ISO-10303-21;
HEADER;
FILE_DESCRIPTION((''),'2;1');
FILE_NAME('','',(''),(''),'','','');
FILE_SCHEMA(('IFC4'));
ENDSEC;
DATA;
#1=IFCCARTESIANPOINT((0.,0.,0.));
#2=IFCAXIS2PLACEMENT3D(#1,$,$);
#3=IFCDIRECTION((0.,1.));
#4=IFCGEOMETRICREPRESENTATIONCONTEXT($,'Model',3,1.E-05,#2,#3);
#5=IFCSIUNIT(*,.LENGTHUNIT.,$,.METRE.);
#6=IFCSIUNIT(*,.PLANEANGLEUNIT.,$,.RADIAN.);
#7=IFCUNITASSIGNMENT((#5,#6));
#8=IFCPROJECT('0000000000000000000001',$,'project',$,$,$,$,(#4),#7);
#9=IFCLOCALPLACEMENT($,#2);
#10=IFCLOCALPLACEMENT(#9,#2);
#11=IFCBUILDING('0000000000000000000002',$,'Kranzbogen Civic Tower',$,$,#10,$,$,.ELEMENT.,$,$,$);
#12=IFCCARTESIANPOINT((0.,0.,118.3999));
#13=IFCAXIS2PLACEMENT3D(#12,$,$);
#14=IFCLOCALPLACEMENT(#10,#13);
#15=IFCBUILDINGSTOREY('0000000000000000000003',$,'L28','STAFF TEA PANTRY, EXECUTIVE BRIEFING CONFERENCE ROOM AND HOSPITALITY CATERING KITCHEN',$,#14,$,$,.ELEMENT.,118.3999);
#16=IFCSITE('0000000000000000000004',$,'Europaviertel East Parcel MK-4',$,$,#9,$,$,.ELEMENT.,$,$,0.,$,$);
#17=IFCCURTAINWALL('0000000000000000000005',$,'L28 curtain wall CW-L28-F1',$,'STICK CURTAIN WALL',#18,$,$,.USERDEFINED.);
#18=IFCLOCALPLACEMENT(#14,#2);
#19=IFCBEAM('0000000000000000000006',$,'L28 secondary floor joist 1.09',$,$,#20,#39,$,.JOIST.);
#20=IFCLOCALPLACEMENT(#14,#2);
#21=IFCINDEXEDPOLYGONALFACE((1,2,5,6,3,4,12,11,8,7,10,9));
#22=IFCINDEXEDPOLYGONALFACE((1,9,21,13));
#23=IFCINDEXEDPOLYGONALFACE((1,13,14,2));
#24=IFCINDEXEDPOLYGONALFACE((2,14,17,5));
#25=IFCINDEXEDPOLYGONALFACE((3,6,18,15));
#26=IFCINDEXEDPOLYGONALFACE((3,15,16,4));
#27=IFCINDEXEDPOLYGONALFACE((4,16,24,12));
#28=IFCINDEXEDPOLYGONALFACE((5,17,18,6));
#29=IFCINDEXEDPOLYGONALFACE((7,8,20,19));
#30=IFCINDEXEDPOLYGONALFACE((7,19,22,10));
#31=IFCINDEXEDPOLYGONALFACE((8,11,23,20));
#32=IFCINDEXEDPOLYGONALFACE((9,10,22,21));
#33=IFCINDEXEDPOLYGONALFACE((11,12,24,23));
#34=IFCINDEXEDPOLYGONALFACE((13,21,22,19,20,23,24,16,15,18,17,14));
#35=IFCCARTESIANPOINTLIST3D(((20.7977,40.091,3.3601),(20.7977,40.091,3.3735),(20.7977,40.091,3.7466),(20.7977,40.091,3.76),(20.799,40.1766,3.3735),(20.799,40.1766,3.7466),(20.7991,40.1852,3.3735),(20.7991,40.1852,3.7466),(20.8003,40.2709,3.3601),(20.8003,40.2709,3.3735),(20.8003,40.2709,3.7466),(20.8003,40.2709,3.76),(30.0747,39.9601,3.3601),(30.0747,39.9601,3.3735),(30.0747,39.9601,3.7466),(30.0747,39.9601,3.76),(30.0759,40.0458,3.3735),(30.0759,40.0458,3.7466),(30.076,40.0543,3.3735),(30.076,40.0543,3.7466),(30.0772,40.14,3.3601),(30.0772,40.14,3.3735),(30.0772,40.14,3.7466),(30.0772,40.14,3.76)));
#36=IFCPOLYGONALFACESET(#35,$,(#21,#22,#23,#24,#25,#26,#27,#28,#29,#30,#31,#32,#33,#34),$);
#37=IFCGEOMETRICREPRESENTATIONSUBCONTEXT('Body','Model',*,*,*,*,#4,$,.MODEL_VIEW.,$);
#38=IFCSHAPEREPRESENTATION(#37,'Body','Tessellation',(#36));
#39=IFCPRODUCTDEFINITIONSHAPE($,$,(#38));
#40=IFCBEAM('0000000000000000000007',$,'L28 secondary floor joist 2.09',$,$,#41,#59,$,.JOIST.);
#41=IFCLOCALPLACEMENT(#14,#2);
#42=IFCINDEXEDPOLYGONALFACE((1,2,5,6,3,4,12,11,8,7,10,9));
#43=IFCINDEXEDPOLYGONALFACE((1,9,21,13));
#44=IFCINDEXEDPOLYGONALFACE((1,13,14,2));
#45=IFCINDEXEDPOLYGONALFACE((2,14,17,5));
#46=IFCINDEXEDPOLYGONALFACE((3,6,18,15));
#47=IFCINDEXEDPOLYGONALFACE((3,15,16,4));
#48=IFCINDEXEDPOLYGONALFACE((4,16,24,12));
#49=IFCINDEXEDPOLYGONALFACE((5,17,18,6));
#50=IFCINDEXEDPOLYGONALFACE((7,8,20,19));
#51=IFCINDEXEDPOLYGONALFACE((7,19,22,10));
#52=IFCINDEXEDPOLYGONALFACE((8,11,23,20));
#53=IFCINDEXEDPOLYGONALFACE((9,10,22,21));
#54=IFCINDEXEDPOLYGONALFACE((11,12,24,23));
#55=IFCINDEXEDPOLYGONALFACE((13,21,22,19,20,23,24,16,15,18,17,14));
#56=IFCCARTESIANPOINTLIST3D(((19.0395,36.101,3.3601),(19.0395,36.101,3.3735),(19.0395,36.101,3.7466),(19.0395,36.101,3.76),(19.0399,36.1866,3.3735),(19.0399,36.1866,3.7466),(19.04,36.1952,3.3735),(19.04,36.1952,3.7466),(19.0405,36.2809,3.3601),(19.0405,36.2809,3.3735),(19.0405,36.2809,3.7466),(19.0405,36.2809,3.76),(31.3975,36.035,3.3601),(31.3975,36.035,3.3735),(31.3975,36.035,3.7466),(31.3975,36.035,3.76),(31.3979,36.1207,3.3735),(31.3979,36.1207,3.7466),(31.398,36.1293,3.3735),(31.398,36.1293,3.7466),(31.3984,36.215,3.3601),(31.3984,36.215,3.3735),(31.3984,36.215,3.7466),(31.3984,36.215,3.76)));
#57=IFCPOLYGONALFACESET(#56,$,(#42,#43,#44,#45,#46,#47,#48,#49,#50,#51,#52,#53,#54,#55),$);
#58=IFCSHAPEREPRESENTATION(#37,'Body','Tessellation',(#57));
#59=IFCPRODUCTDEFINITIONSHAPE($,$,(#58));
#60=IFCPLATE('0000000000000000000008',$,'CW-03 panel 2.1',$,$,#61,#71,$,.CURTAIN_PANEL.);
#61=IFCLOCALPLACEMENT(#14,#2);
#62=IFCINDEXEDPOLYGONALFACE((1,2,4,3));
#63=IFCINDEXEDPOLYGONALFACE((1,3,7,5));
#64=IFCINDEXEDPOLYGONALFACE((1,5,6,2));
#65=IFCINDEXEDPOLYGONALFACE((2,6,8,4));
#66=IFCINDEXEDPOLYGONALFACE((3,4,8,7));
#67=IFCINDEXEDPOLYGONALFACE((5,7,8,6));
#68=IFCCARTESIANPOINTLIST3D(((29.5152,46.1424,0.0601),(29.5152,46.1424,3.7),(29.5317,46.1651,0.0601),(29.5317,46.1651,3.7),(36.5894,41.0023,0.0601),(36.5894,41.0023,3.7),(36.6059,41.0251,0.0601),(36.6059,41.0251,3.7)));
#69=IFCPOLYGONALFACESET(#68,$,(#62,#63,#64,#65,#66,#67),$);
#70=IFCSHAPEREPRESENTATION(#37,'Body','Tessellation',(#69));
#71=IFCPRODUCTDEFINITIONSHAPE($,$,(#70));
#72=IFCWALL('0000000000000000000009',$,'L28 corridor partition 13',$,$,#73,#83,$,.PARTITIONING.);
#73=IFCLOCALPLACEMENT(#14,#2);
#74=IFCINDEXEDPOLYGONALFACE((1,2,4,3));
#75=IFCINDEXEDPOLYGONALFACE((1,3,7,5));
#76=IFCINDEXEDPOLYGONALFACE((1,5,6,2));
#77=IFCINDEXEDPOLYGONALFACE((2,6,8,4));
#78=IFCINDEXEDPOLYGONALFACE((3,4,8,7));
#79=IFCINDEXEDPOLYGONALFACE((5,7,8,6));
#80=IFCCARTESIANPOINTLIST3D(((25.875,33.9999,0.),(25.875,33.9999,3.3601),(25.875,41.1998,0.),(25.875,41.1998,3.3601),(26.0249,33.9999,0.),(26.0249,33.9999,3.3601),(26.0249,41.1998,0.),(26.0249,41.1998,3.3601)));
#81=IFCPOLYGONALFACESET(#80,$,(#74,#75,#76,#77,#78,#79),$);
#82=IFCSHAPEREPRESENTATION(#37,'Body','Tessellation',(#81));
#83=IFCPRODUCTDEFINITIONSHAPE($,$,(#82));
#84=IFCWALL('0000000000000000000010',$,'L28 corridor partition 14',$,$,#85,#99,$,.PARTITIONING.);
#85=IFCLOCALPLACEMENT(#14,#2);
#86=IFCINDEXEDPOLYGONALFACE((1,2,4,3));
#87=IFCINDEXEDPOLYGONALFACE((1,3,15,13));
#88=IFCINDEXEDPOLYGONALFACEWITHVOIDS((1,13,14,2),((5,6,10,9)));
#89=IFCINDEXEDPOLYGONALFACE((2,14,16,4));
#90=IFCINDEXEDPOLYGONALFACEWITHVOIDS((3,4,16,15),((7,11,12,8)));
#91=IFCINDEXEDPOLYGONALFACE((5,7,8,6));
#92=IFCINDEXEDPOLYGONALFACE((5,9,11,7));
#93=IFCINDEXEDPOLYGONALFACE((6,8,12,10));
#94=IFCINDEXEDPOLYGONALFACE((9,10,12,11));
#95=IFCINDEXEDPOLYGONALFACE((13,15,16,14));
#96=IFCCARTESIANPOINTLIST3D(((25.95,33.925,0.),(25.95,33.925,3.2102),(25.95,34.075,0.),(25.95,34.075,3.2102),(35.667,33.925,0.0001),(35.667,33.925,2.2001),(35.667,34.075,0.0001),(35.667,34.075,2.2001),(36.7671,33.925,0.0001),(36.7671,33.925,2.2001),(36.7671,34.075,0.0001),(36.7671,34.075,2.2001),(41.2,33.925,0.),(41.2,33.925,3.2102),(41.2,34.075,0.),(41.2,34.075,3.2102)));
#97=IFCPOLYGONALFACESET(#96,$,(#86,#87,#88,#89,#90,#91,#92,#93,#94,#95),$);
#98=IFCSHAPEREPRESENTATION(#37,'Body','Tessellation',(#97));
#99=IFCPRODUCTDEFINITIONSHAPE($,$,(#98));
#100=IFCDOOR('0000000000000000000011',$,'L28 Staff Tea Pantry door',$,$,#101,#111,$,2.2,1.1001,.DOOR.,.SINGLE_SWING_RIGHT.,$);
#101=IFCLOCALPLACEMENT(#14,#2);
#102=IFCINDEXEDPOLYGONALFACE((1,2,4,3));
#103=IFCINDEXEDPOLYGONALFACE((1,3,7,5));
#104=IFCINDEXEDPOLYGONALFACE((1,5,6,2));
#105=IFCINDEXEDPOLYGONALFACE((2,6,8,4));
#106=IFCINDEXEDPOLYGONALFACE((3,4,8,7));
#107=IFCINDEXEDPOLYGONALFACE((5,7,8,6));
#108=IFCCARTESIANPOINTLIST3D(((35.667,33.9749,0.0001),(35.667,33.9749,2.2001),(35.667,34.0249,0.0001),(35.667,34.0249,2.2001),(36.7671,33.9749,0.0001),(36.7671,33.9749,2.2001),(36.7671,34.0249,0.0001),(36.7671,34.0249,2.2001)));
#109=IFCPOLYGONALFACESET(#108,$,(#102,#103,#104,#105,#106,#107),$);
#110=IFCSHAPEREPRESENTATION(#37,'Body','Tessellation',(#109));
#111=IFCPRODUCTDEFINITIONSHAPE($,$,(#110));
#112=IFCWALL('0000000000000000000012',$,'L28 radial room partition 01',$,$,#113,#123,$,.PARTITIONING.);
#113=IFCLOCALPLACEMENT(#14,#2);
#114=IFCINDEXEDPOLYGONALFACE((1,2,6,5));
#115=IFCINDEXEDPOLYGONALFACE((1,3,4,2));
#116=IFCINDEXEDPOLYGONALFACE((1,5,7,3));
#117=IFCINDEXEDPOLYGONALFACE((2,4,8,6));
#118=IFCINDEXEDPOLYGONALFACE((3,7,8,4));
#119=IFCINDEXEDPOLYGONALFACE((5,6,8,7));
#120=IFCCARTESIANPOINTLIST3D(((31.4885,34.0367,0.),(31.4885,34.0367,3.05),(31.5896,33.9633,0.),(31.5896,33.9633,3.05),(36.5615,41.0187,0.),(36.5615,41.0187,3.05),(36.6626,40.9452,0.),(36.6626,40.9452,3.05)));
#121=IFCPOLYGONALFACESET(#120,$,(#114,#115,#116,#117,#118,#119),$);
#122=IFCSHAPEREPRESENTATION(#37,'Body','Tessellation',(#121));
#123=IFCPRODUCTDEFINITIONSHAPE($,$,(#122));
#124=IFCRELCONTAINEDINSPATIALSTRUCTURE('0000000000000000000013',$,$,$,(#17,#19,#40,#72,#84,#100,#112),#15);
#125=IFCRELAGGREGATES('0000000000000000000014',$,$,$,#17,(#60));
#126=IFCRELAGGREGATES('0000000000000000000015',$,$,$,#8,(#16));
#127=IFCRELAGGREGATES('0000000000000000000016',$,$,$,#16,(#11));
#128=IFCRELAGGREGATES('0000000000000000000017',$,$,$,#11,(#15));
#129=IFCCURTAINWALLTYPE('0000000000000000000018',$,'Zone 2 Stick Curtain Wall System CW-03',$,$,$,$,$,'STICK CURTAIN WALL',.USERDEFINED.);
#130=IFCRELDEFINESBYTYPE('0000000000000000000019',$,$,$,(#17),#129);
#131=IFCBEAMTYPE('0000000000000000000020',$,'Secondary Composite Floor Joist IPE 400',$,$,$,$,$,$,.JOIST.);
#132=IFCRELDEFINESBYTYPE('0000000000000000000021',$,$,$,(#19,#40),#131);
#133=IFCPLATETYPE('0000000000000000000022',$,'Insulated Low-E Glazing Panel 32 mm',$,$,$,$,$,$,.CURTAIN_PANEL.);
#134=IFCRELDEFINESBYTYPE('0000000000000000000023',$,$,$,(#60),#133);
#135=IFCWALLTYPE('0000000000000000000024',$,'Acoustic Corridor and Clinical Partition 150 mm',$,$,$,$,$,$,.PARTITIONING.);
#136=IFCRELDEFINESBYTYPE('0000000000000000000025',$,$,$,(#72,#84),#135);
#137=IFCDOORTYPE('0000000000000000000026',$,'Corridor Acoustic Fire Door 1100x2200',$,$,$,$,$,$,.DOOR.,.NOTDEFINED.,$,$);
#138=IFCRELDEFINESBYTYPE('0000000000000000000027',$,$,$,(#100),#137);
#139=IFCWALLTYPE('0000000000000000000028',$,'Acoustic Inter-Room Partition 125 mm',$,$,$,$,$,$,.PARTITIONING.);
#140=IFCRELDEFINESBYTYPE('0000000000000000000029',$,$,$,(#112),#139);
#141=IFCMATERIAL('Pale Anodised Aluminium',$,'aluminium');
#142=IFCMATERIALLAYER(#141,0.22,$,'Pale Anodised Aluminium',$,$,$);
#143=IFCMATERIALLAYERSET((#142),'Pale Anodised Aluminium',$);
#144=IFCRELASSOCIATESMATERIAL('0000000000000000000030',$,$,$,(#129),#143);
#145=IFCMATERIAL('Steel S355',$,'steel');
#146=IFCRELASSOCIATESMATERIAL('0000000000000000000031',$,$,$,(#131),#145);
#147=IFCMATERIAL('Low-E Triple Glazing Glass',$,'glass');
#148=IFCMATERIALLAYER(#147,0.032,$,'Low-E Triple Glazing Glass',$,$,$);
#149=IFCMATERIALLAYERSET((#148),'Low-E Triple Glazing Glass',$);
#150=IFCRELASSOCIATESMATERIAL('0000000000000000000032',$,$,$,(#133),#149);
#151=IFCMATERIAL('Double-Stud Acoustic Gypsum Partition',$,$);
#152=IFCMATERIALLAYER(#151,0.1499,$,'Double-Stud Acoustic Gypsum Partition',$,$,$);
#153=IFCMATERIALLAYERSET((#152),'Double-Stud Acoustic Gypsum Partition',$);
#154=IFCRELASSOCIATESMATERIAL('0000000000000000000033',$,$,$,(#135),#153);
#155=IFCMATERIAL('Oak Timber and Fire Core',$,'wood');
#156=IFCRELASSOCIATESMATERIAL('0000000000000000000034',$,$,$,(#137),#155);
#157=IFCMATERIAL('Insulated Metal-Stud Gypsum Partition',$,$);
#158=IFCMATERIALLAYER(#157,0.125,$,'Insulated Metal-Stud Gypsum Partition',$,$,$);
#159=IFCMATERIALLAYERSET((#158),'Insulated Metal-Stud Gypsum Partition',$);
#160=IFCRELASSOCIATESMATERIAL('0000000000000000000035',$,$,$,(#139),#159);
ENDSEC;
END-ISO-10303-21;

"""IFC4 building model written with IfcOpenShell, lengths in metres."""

from ifc_helpers import new_model, si_unit, direction, frame, frame_2d, origin, origin_2d, place, context, subcontext, project, spatial, rectangle, i_section, extrude, material, layer, layer_set, material_profile, profile_set, type_object, element, fill, aggregate, save


model = new_model("IFC4")

# Units and contexts
model_context = context("Model", 3, precision=1e-05, world=origin(), true_north=direction((0.0, 1.0)))
body_context = subcontext(model_context, "Body", "Model", "MODEL_VIEW")
ifc_project = project(units=[si_unit("LENGTHUNIT", "METRE"), si_unit("PLANEANGLEUNIT", "RADIAN")], contexts=[model_context])

# Site, building, storey
site_placement = place(None, origin())
site = spatial("IfcSite", under=ifc_project, at=site_placement, Name="Europaviertel East Parcel MK-4", CompositionType="ELEMENT", RefElevation=0.0)
building_placement = place(site_placement, origin())
building = spatial("IfcBuilding", under=site, at=building_placement, Name="Kranzbogen Civic Tower", CompositionType="ELEMENT")
storey_placement = place(building_placement, frame((0.0, 0.0, 118.3999)))
storey = spatial("IfcBuildingStorey", under=building, at=storey_placement, Name="L28", Description="STAFF TEA PANTRY, EXECUTIVE BRIEFING CONFERENCE ROOM AND HOSPITALITY CATERING KITCHEN", CompositionType="ELEMENT", Elevation=118.3999)

# Shared definitions
ifc_material_1 = material(Name="Steel S355", Category="steel")

# Curtain wall
ifc_material_2 = material(Name="Pale Anodised Aluminium", Category="aluminium")
ifc_layer_1 = layer(ifc_material_2, 0.22, Name="Pale Anodised Aluminium")
ifc_layer_set_1 = layer_set([ifc_layer_1], Name="Pale Anodised Aluminium")
curtain_wall_type = type_object("IfcCurtainWallType", Name="Zone 2 Stick Curtain Wall System CW-03", ElementType="STICK CURTAIN WALL", PredefinedType="USERDEFINED", material=ifc_layer_set_1)
curtain_wall_1_placement = place(storey_placement, origin())
curtain_wall_1 = element("IfcCurtainWall", 1, at=curtain_wall_1_placement, inside=storey, type_object=curtain_wall_type, Name="L28 curtain wall CW-L28-F1", ObjectType="STICK CURTAIN WALL", PredefinedType="USERDEFINED")

# Beams
ifc_material_profile_1 = material_profile(ifc_material_1, i_section(OverallWidth=0.1799, OverallDepth=0.3999, WebThickness=0.0085, FlangeThickness=0.0134, at=origin_2d()), Name="IPE 400")
ifc_profile_set_1 = profile_set([ifc_material_profile_1], Name="Steel S355")
beam_type_1 = type_object("IfcBeamType", Name="Secondary Composite Floor Joist IPE 400", PredefinedType="JOIST", material=ifc_profile_set_1)
beam_1_placement = place(storey_placement, frame((30.0759, 40.05, 3.5601), z_axis=(-0.999901, 0.014105, 0.0), x_axis=(-0.014105, -0.999901, 0.0)))
element("IfcBeam", 2, at=beam_1_placement, inside=storey, type_object=beam_type_1, Name="L28 secondary floor joist 1.09", PredefinedType="JOIST", context=body_context, shape_type="SweptSolid", body=[
    extrude(i_section(OverallWidth=0.1799, OverallDepth=0.3999, WebThickness=0.0085, FlangeThickness=0.0134, at=origin_2d()), origin(), (0.0, 0.0, 1.0), 9.2778),
])
beam_2_placement = place(storey_placement, frame((31.3979, 36.125, 3.5601), z_axis=(-0.999986, 0.005334, 0.0), x_axis=(-0.005334, -0.999986, 0.0)))
element("IfcBeam", 3, at=beam_2_placement, inside=storey, type_object=beam_type_1, Name="L28 secondary floor joist 2.09", PredefinedType="JOIST", context=body_context, shape_type="SweptSolid", body=[
    extrude(i_section(OverallWidth=0.1799, OverallDepth=0.3999, WebThickness=0.0085, FlangeThickness=0.0134, at=origin_2d()), origin(), (0.0, 0.0, 1.0), 12.3582),
])

# Plate
ifc_material_3 = material(Name="Low-E Triple Glazing Glass", Category="glass")
ifc_layer_2 = layer(ifc_material_3, 0.032, Name="Low-E Triple Glazing Glass")
ifc_layer_set_2 = layer_set([ifc_layer_2], Name="Low-E Triple Glazing Glass")
plate_type = type_object("IfcPlateType", Name="Insulated Low-E Glazing Panel 32 mm", PredefinedType="CURTAIN_PANEL", material=ifc_layer_set_2)
plate_placement = place(storey_placement, frame((33.0605, 43.5837, 0.0601), z_axis=(0.0, 0.0, 1.0), x_axis=(-0.808995, 0.587815, 0.0)))
plate = element("IfcPlate", 4, at=plate_placement, type_object=plate_type, Name="CW-03 panel 2.1", PredefinedType="CURTAIN_PANEL", context=body_context, shape_type="SweptSolid", body=[
    extrude(rectangle(XDim=8.7444, YDim=0.0281, at=origin_2d()), origin(), (0.0, 0.0, 1.0), 3.6399),
])
aggregate(curtain_wall_1, [plate])

# Wall
ifc_material_4 = material(Name="Double-Stud Acoustic Gypsum Partition")
ifc_layer_3 = layer(ifc_material_4, 0.1499, Name="Double-Stud Acoustic Gypsum Partition")
ifc_layer_set_3 = layer_set([ifc_layer_3], Name="Double-Stud Acoustic Gypsum Partition")
wall_type_1 = type_object("IfcWallType", Name="Acoustic Corridor and Clinical Partition 150 mm", PredefinedType="PARTITIONING", material=ifc_layer_set_3)
wall_1_placement = place(storey_placement, frame((25.95, 41.2, 0.0), z_axis=(0.0, 0.0, 1.0), x_axis=(0.0, -1.0, 0.0)))
element("IfcWall", 5, at=wall_1_placement, inside=storey, type_object=wall_type_1, Name="L28 corridor partition 13", PredefinedType="PARTITIONING", context=body_context, shape_type="SweptSolid", body=[
    extrude(rectangle(XDim=7.2, YDim=0.1499, at=frame_2d((3.6001, 0.0))), origin(), (0.0, 0.0, 1.0), 3.3601),
])

# Wall, opening, door
wall_2_placement = place(storey_placement, frame((25.95, 34.0, 0.0), z_axis=(0.0, 0.0, 1.0), x_axis=(1.0, 0.0, 0.0)))
wall_2 = element("IfcWall", 6, at=wall_2_placement, inside=storey, type_object=wall_type_1, Name="L28 corridor partition 14", PredefinedType="PARTITIONING", context=body_context, shape_type="SweptSolid", body=[
    extrude(rectangle(XDim=15.25, YDim=0.1499, at=frame_2d((7.625, 0.0))), origin(), (0.0, 0.0, 1.0), 3.2102),
])
opening_1_placement = place(wall_2_placement, frame((9.717, 0.0, 0.0)))
opening_1 = element("IfcOpeningElement", 7, at=opening_1_placement, cuts=wall_2, PredefinedType="OPENING", context=body_context, shape_type="SweptSolid", body=[
    extrude(rectangle(XDim=1.1001, YDim=2.2, at=frame_2d((0.55, 1.1001))), frame((0.0, 0.085, 0.0), z_axis=(0.0, -1.0, 0.0), x_axis=(1.0, 0.0, 0.0)), (0.0, 0.0, 1.0), 0.1699),
])
ifc_material_5 = material(Name="Oak Timber and Fire Core", Category="wood")
door_type_1 = type_object("IfcDoorType", Name="Corridor Acoustic Fire Door 1100x2200", OperationType="NOTDEFINED", PredefinedType="DOOR", material=ifc_material_5)
door_1_placement = place(opening_1_placement, origin())
door_1 = element("IfcDoor", 8, at=door_1_placement, inside=storey, type_object=door_type_1, Name="L28 Staff Tea Pantry door", OperationType="SINGLE_SWING_RIGHT", OverallHeight=2.2, OverallWidth=1.1001, PredefinedType="DOOR", context=body_context, shape_type="SweptSolid", body=[
    extrude(rectangle(XDim=1.1001, YDim=2.2, at=frame_2d((0.55, 1.1001))), frame((0.0, 0.0249, 0.0), z_axis=(0.0, -1.0, 0.0), x_axis=(1.0, 0.0, 0.0)), (0.0, 0.0, 1.0), 0.05),
])
fill(opening_1, door_1)

# Wall
ifc_material_6 = material(Name="Insulated Metal-Stud Gypsum Partition")
ifc_layer_4 = layer(ifc_material_6, 0.125, Name="Insulated Metal-Stud Gypsum Partition")
ifc_layer_set_4 = layer_set([ifc_layer_4], Name="Insulated Metal-Stud Gypsum Partition")
wall_type_2 = type_object("IfcWallType", Name="Acoustic Inter-Room Partition 125 mm", PredefinedType="PARTITIONING", material=ifc_layer_set_4)
wall_3_placement = place(storey_placement, frame((31.5391, 34.0, 0.0), z_axis=(0.0, 0.0, 1.0), x_axis=(0.58781, 0.808999, 0.0)))
element("IfcWall", 9, at=wall_3_placement, inside=storey, type_object=wall_type_2, Name="L28 radial room partition 01", PredefinedType="PARTITIONING", context=body_context, shape_type="SweptSolid", body=[
    extrude(rectangle(XDim=8.6304, YDim=0.125, at=frame_2d((4.3152, 0.0))), origin(), (0.0, 0.0, 1.0), 3.05),
])

save(model, "model.ifc")
